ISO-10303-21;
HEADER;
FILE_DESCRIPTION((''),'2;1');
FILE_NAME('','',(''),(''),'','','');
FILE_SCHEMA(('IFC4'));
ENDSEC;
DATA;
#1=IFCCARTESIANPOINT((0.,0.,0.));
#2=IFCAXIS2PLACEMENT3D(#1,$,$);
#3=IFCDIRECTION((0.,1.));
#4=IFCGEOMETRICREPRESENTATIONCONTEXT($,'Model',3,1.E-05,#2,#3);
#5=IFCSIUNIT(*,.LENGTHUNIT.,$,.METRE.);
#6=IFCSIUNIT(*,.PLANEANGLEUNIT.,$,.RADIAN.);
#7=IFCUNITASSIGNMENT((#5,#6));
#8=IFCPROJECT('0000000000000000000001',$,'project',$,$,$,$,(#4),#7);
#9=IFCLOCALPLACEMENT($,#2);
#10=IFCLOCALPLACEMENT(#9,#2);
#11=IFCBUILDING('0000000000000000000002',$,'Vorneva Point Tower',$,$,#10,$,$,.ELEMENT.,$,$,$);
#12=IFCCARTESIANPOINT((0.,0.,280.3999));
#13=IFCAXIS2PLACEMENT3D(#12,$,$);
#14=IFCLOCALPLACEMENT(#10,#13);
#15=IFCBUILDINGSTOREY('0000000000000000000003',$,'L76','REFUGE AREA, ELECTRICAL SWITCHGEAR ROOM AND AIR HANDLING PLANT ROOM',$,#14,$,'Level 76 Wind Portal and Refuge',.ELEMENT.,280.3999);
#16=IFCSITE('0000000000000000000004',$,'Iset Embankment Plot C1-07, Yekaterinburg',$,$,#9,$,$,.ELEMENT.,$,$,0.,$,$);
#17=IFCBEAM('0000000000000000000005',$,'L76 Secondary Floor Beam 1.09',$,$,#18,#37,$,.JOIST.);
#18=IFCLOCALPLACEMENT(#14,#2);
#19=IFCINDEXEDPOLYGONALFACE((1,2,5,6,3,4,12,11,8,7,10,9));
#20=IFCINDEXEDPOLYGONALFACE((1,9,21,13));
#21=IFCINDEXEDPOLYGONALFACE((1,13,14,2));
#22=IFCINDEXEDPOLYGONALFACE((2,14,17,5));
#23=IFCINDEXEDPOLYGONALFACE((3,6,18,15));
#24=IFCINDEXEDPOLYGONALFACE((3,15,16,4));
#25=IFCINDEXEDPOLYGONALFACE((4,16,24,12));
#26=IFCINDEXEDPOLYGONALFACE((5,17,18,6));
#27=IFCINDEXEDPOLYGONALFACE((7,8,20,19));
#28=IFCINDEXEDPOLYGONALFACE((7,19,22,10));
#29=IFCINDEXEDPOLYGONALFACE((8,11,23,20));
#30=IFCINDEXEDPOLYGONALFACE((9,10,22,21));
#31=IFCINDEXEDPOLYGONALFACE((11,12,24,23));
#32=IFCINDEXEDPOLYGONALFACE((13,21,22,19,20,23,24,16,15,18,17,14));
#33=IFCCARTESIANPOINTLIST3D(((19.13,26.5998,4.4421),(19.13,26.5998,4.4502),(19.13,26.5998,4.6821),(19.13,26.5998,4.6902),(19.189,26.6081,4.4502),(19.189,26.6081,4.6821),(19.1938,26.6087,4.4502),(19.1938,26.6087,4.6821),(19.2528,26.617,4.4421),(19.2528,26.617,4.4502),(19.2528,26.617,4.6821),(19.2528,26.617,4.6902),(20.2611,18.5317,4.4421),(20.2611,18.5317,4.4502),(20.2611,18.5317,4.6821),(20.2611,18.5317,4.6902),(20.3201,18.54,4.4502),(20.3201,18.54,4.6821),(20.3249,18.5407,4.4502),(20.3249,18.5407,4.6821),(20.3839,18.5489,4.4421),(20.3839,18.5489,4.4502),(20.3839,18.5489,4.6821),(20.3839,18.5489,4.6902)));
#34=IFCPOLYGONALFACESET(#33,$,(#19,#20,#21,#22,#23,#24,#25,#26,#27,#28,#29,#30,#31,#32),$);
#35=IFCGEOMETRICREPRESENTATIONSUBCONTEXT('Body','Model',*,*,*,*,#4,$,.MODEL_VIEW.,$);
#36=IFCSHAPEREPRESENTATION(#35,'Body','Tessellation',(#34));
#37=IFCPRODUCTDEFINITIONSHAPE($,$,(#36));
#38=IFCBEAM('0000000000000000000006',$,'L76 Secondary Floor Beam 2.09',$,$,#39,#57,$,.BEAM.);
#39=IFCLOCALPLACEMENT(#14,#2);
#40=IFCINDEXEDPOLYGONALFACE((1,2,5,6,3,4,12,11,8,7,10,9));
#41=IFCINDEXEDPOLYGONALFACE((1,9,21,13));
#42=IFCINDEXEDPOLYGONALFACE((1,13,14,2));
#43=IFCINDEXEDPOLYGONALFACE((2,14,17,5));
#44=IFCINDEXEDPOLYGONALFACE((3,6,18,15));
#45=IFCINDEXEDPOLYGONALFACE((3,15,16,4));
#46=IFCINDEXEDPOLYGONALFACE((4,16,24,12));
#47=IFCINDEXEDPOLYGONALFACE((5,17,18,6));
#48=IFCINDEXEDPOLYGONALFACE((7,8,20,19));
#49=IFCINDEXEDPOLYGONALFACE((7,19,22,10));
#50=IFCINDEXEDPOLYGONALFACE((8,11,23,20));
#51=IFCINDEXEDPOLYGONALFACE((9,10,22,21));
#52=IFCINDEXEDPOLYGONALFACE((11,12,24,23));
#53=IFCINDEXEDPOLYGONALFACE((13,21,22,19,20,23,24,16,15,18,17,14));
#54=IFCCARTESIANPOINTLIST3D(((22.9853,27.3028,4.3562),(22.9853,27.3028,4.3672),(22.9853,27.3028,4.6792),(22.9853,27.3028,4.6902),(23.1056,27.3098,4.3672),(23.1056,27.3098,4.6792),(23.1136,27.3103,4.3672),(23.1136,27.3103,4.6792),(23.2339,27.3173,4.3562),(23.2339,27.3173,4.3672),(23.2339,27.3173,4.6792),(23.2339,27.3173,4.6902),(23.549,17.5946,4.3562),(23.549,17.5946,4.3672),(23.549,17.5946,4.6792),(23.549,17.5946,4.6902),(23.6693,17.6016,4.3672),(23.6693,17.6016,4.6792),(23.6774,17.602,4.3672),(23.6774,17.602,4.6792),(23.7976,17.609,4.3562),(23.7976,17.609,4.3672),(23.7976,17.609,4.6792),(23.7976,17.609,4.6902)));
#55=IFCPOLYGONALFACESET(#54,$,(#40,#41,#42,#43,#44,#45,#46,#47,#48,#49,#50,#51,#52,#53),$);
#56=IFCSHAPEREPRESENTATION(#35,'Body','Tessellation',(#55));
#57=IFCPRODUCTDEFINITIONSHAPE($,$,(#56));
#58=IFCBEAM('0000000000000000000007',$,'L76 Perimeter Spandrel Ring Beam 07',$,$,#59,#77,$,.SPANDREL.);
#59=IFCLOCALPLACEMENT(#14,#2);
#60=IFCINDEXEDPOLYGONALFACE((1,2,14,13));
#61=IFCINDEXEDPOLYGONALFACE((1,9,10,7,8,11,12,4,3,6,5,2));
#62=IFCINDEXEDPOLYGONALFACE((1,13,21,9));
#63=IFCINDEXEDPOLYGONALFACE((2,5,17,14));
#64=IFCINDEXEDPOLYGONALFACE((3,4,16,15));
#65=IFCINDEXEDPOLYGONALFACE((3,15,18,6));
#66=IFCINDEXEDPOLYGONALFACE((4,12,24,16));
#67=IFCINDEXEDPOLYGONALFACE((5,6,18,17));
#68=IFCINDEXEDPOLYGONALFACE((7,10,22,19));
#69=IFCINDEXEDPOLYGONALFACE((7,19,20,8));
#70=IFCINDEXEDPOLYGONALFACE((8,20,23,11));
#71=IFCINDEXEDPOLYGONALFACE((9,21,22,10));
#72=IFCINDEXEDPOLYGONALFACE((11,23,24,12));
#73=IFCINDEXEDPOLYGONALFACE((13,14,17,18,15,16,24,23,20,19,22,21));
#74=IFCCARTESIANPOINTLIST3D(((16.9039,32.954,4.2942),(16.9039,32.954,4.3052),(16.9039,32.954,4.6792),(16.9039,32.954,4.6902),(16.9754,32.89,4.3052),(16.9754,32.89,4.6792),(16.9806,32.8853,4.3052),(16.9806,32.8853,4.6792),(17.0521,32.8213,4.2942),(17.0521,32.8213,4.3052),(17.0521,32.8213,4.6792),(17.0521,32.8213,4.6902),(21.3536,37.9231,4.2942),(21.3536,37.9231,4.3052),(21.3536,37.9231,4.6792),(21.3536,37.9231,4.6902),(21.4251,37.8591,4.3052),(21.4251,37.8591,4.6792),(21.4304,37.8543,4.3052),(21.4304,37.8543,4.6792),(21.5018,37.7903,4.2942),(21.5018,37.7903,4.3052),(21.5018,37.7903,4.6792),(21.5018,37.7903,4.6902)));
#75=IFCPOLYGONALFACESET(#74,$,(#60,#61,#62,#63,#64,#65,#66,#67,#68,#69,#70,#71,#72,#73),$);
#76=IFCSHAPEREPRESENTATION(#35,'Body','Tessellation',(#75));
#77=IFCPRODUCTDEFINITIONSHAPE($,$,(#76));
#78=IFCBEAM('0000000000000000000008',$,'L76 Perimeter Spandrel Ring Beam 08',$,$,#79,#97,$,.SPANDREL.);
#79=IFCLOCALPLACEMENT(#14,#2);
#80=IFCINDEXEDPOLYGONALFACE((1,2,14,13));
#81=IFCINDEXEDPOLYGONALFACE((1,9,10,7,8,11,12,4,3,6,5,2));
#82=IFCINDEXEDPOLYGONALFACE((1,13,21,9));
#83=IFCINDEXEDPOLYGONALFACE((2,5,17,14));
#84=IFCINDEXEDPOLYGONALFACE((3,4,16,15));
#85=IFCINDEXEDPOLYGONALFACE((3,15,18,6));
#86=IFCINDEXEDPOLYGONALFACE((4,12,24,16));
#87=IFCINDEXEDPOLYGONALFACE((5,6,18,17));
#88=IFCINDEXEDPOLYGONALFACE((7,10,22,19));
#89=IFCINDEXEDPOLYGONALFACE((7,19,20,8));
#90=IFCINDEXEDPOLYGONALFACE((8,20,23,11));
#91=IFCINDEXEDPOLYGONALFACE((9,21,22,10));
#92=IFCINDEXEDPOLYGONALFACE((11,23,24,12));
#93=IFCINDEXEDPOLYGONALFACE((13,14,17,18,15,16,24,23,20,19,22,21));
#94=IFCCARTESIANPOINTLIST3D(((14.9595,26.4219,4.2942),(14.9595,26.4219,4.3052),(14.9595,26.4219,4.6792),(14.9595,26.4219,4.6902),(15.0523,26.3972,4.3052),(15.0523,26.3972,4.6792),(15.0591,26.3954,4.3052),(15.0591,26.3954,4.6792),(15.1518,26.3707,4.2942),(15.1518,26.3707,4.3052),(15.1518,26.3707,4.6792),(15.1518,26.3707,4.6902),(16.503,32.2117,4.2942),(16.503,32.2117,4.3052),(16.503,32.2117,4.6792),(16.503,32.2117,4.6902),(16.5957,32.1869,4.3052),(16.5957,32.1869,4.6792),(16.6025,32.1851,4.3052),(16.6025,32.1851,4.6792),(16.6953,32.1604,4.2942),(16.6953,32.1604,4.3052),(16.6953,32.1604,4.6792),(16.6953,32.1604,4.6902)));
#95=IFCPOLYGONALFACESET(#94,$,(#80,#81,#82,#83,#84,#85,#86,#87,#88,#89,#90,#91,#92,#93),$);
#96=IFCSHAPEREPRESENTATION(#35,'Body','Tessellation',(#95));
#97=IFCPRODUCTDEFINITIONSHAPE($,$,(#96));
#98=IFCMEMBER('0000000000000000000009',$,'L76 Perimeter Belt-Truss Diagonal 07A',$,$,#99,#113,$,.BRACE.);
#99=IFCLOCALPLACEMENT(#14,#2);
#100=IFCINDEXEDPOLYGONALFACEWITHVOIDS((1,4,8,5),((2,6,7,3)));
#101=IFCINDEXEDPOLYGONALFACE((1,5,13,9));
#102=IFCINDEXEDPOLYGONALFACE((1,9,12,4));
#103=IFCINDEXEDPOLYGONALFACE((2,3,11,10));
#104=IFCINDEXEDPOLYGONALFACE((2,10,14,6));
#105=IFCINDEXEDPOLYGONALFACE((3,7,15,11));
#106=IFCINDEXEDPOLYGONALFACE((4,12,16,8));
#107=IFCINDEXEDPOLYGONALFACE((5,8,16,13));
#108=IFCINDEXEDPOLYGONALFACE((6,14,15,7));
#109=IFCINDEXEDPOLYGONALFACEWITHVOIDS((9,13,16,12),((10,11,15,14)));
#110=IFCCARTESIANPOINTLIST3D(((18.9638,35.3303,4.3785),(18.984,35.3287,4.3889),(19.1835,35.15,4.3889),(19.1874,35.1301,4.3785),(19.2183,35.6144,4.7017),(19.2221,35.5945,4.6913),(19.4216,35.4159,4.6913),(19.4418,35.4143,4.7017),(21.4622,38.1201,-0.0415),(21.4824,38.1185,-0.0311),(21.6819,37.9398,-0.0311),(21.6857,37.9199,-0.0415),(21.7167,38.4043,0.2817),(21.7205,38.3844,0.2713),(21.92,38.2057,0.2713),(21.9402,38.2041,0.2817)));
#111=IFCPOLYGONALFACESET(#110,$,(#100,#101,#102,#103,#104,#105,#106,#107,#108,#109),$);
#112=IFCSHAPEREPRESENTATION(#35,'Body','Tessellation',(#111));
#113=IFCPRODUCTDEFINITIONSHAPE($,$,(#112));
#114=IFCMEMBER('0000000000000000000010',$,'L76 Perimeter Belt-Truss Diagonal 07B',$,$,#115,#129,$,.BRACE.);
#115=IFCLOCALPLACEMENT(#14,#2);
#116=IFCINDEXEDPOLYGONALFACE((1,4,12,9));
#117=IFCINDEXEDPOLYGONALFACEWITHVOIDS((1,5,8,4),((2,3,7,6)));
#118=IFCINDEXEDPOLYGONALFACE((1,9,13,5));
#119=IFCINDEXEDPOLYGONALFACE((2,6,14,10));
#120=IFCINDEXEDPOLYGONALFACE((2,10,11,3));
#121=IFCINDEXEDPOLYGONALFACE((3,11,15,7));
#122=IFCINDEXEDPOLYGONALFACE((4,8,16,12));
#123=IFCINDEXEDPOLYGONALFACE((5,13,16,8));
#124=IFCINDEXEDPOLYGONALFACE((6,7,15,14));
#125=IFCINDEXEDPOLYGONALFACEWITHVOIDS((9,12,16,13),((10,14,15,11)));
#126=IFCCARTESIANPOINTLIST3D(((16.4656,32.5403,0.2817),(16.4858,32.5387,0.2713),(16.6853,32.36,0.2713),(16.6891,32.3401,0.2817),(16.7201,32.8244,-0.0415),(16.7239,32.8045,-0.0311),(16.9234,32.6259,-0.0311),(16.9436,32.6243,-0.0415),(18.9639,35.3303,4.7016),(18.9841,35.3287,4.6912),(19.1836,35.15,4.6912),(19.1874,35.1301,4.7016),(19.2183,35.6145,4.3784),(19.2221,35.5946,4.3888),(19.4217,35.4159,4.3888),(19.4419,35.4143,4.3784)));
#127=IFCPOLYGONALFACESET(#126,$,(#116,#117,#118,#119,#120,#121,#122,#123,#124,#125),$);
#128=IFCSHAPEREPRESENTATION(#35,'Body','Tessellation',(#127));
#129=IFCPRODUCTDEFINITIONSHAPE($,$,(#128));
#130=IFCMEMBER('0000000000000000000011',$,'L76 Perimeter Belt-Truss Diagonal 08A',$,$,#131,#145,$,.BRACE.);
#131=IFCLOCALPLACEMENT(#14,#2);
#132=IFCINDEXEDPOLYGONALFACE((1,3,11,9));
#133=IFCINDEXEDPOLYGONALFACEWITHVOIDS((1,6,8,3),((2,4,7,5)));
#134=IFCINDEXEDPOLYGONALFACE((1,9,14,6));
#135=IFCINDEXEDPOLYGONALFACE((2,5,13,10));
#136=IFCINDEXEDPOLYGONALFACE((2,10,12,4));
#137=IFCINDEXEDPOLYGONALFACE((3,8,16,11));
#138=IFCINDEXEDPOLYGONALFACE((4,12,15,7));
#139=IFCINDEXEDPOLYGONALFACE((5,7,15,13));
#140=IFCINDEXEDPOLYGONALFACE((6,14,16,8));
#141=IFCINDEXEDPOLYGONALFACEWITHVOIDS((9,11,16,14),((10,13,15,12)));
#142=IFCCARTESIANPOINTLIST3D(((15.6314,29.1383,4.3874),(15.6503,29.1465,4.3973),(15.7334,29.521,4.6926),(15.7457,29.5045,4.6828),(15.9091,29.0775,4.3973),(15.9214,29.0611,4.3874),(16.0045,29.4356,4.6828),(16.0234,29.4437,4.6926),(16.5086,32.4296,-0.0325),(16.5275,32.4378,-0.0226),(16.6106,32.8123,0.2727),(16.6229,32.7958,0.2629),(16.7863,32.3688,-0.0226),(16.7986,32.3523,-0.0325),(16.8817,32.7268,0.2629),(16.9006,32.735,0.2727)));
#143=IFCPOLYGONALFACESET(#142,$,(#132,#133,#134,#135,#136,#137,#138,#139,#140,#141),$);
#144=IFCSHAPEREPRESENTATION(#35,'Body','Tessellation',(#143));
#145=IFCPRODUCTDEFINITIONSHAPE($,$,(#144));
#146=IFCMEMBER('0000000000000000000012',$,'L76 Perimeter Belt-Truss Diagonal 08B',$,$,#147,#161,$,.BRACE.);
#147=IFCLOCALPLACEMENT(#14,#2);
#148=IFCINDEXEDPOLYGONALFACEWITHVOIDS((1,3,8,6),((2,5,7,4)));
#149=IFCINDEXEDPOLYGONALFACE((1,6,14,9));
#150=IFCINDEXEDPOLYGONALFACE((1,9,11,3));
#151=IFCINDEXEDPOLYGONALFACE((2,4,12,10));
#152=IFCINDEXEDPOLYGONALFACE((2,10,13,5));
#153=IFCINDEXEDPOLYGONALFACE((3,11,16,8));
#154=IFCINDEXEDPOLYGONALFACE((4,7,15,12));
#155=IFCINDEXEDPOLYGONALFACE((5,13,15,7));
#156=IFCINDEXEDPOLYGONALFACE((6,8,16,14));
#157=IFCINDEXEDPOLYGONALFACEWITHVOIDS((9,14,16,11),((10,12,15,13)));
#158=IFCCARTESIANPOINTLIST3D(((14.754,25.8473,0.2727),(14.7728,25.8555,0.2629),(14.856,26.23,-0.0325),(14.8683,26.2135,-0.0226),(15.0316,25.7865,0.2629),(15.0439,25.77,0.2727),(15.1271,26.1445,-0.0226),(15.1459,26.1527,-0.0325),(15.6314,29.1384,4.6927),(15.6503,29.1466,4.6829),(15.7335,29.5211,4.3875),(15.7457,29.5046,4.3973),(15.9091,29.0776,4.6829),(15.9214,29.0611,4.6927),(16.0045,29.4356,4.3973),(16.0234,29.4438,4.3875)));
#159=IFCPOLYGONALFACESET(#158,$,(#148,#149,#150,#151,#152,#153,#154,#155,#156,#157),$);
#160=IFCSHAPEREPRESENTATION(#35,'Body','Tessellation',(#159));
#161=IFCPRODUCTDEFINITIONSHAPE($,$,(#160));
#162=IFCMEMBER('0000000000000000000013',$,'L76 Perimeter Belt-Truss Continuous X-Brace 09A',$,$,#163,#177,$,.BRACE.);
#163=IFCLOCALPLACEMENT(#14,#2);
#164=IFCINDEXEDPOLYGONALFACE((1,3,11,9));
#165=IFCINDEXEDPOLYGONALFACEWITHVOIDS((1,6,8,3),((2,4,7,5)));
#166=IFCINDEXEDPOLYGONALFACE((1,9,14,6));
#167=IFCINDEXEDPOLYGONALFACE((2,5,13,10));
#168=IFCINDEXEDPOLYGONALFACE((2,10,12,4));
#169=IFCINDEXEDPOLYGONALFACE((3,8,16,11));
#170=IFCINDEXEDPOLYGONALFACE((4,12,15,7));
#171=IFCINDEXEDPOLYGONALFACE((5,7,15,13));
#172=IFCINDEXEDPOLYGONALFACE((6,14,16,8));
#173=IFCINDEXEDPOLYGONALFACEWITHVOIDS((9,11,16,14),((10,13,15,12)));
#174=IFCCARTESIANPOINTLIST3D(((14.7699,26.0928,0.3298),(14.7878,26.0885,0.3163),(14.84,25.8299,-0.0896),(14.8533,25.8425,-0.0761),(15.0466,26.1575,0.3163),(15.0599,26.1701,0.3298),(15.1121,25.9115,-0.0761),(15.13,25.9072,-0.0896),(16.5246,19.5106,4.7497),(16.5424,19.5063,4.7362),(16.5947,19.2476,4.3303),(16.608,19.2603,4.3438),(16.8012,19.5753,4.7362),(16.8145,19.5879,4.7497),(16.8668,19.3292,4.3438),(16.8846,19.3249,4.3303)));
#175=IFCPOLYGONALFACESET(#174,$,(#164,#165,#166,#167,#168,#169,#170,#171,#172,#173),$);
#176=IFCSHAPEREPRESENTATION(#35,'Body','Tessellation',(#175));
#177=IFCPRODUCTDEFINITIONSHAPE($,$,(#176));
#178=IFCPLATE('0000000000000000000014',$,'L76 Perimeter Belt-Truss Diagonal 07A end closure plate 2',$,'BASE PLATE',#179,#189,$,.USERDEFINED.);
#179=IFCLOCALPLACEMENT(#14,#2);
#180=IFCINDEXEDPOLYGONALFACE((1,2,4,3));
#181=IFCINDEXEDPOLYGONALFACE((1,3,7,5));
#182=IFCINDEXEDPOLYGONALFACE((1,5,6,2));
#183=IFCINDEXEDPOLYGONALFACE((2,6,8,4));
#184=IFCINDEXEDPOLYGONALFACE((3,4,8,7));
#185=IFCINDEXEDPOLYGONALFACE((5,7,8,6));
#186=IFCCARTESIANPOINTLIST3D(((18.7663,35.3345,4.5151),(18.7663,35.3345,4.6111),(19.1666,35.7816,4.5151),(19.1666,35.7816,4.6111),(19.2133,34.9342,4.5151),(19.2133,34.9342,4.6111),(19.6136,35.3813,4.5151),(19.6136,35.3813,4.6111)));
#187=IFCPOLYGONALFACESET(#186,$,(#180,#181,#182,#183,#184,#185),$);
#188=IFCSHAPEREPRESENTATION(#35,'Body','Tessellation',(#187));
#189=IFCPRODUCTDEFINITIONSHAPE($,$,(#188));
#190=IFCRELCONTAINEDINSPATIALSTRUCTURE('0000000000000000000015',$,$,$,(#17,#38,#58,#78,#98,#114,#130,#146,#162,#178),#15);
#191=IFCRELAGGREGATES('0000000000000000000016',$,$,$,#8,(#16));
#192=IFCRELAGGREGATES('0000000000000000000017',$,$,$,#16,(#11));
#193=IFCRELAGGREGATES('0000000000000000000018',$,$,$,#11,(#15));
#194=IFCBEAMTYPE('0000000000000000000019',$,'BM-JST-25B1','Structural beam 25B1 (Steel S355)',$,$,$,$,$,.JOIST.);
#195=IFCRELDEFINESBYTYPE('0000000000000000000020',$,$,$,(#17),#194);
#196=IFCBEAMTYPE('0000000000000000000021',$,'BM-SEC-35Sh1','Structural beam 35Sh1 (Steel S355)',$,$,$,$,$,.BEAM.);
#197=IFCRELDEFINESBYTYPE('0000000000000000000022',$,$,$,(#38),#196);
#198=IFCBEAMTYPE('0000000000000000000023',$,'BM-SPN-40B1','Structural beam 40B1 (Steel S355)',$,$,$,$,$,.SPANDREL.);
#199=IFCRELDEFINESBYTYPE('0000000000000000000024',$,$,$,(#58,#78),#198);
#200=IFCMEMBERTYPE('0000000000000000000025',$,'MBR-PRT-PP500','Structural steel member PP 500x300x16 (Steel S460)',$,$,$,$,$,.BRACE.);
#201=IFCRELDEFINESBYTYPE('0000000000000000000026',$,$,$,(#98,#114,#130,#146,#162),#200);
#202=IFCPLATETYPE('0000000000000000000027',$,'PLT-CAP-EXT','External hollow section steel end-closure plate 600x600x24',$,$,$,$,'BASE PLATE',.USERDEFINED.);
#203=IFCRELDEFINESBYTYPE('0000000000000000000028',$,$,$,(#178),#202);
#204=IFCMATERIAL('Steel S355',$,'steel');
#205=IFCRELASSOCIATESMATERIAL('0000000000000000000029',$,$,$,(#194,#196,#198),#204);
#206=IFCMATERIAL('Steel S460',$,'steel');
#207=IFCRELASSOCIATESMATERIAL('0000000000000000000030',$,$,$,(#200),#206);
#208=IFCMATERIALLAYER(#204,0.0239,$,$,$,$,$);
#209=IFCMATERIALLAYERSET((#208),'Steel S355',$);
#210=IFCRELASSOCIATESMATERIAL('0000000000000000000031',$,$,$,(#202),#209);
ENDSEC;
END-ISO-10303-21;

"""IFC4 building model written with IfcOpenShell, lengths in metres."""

from ifc_helpers import new_model, si_unit, direction, frame, origin, origin_2d, place, context, subcontext, project, spatial, rectangle, hollow_rectangle, i_section, extrude, material, layer, layer_set, material_profile, profile_set, type_object, element, save


model = new_model("IFC4")

# Units and contexts
model_context = context("Model", 3, precision=1e-05, world=origin(), true_north=direction((0.0, 1.0)))
body_context = subcontext(model_context, "Body", "Model", "MODEL_VIEW")
ifc_project = project(units=[si_unit("LENGTHUNIT", "METRE"), si_unit("PLANEANGLEUNIT", "RADIAN")], contexts=[model_context])

# Site, building, storey
site_placement = place(None, origin())
site = spatial("IfcSite", under=ifc_project, at=site_placement, Name="Iset Embankment Plot C1-07, Yekaterinburg", CompositionType="ELEMENT", RefElevation=0.0)
building_placement = place(site_placement, origin())
building = spatial("IfcBuilding", under=site, at=building_placement, Name="Vorneva Point Tower", CompositionType="ELEMENT")
storey_placement = place(building_placement, frame((0.0, 0.0, 280.3999)))
storey = spatial("IfcBuildingStorey", under=building, at=storey_placement, Name="L76", Description="REFUGE AREA, ELECTRICAL SWITCHGEAR ROOM AND AIR HANDLING PLANT ROOM", LongName="Level 76 Wind Portal and Refuge", CompositionType="ELEMENT", Elevation=280.3999)

# Beams
ifc_material_1 = material(Name="Steel S460", Category="steel")
ifc_material_2 = material(Name="Steel S355", Category="steel")
ifc_material_profile_1 = material_profile(ifc_material_2, i_section(OverallWidth=0.124, OverallDepth=0.248, WebThickness=0.0049, FlangeThickness=0.0081, at=origin_2d()), Name="25B1")
ifc_profile_set_1 = profile_set([ifc_material_profile_1], Name="Steel S355")
beam_type_1 = type_object("IfcBeamType", Name="BM-JST-25B1", Description="Structural beam 25B1 (Steel S355)", PredefinedType="JOIST", material=ifc_profile_set_1)
beam_1_placement = place(storey_placement, frame((19.1914, 26.6084, 4.5662), z_axis=(0.138837, -0.990315, 0.0), x_axis=(0.990315, 0.138837, 0.0)))
element("IfcBeam", 1, at=beam_1_placement, inside=storey, type_object=beam_type_1, Name="L76 Secondary Floor Beam 1.09", PredefinedType="JOIST", context=body_context, shape_type="SweptSolid", body=[
    extrude(i_section(OverallWidth=0.124, OverallDepth=0.248, WebThickness=0.0049, FlangeThickness=0.0081, at=origin_2d()), origin(), (0.0, 0.0, 1.0), 8.147),
])
ifc_material_profile_2 = material_profile(ifc_material_2, i_section(OverallWidth=0.249, OverallDepth=0.334, WebThickness=0.0081, FlangeThickness=0.011, at=origin_2d()), Name="35Sh1")
ifc_profile_set_2 = profile_set([ifc_material_profile_2], Name="Steel S355")
beam_type_2 = type_object("IfcBeamType", Name="BM-SEC-35Sh1", Description="Structural beam 35Sh1 (Steel S355)", PredefinedType="BEAM", material=ifc_profile_set_2)
beam_2_placement = place(storey_placement, frame((23.1096, 27.3101, 4.5232), z_axis=(0.057968, -0.998318, 0.0), x_axis=(0.998318, 0.057968, 0.0)))
element("IfcBeam", 2, at=beam_2_placement, inside=storey, type_object=beam_type_2, Name="L76 Secondary Floor Beam 2.09", PredefinedType="BEAM", context=body_context, shape_type="SweptSolid", body=[
    extrude(i_section(OverallWidth=0.249, OverallDepth=0.334, WebThickness=0.0081, FlangeThickness=0.011, at=origin_2d()), origin(), (0.0, 0.0, 1.0), 9.7246),
])
ifc_material_profile_3 = material_profile(ifc_material_2, i_section(OverallWidth=0.199, OverallDepth=0.396, WebThickness=0.0071, FlangeThickness=0.011, at=origin_2d()), Name="40B1")
ifc_profile_set_3 = profile_set([ifc_material_profile_3], Name="Steel S355")
beam_type_3 = type_object("IfcBeamType", Name="BM-SPN-40B1", Description="Structural beam 40B1 (Steel S355)", PredefinedType="SPANDREL", material=ifc_profile_set_3)
beam_3_placement = place(storey_placement, frame((21.4277, 37.8567, 4.4922), z_axis=(-0.667108, -0.744961, 0.0), x_axis=(0.744961, -0.667108, 0.0)))
element("IfcBeam", 3, at=beam_3_placement, inside=storey, type_object=beam_type_3, Name="L76 Perimeter Spandrel Ring Beam 07", PredefinedType="SPANDREL", context=body_context, shape_type="SweptSolid", body=[
    extrude(i_section(OverallWidth=0.199, OverallDepth=0.396, WebThickness=0.0071, FlangeThickness=0.011, at=origin_2d()), origin(), (0.0, 0.0, 1.0), 6.6702),
])
beam_4_placement = place(storey_placement, frame((16.5991, 32.186, 4.4922), z_axis=(-0.257587, -0.966255, 0.0), x_axis=(0.966255, -0.257587, 0.0)))
element("IfcBeam", 4, at=beam_4_placement, inside=storey, type_object=beam_type_3, Name="L76 Perimeter Spandrel Ring Beam 08", PredefinedType="SPANDREL", context=body_context, shape_type="SweptSolid", body=[
    extrude(i_section(OverallWidth=0.199, OverallDepth=0.396, WebThickness=0.0071, FlangeThickness=0.011, at=origin_2d()), origin(), (0.0, 0.0, 1.0), 5.9919),
])

# Members
ifc_material_profile_4 = material_profile(ifc_material_1, hollow_rectangle(XDim=0.3, YDim=0.5, WallThickness=0.0161, at=origin_2d()), Name="PP 500x300x16")
ifc_profile_set_4 = profile_set([ifc_material_profile_4], Name="Steel S460")
member_type = type_object("IfcMemberType", Name="MBR-PRT-PP500", Description="Structural steel member PP 500x300x16 (Steel S460)", PredefinedType="BRACE", material=ifc_profile_set_4)
for number, where, z_axis, x_axis, name in (
    (5, (21.7012, 38.1621, 0.1201), (-0.431252, -0.481571, 0.762962), (0.744955, -0.667115, 0.0), "L76 Perimeter Belt-Truss Diagonal 07A"),
    (6, (16.7046, 32.5823, 0.1201), (0.431243, 0.481604, 0.762946), (-0.744984, 0.667083, 0.0), "L76 Perimeter Belt-Truss Diagonal 07B"),
):
    element("IfcMember", number, at=place(storey_placement, frame(where, z_axis=z_axis, x_axis=x_axis)), inside=storey, type_object=member_type, Name=name, PredefinedType="BRACE", context=body_context, shape_type="SweptSolid", body=[
        extrude(hollow_rectangle(XDim=0.3, YDim=0.5, WallThickness=0.0161, at=origin_2d()), origin(), (0.0, 0.0, 1.0), 5.7932),
    ])
for number, where, z_axis, x_axis, name in (
    (7, (16.7046, 32.5823, 0.1201), (-0.157201, -0.58982, 0.792086), (0.966269, -0.257533, 0.0), "L76 Perimeter Belt-Truss Diagonal 08A"),
    (8, (14.95, 26.0, 0.1201), (0.157248, 0.589788, 0.792101), (-0.966247, 0.257618, 0.0), "L76 Perimeter Belt-Truss Diagonal 08B"),
):
    element("IfcMember", number, at=place(storey_placement, frame(where, z_axis=z_axis, x_axis=x_axis)), inside=storey, type_object=member_type, Name=name, PredefinedType="BRACE", context=body_context, shape_type="SweptSolid", body=[
        extrude(hollow_rectangle(XDim=0.3, YDim=0.5, WallThickness=0.0161, at=origin_2d()), origin(), (0.0, 0.0, 1.0), 5.5801),
    ])
member_placement = place(storey_placement, frame((14.95, 26.0, 0.1201), z_axis=(0.216078, -0.810586, 0.544299), x_axis=(0.966258, 0.257576, 0.0)))
element("IfcMember", 9, at=member_placement, inside=storey, type_object=member_type, Name="L76 Perimeter Belt-Truss Continuous X-Brace 09A", PredefinedType="BRACE", context=body_context, shape_type="SweptSolid", body=[
    extrude(hollow_rectangle(XDim=0.3, YDim=0.5, WallThickness=0.0161, at=origin_2d()), origin(), (0.0, 0.0, 1.0), 8.1204),
])

# Plate
ifc_layer_1 = layer(ifc_material_2, 0.0239)
ifc_layer_set_1 = layer_set([ifc_layer_1], Name="Steel S355")
plate_type_1 = type_object("IfcPlateType", Name="PLT-CAP-EXT", Description="External hollow section steel end-closure plate 600x600x24", ElementType="BASE PLATE", PredefinedType="USERDEFINED", material=ifc_layer_set_1)
for number, where, z_axis, x_axis, name in (
    (10, (19.1899, 35.3579, 4.5151), (0.0, 0.0, 1.0), (-0.667092, -0.744976, 0.0), "L76 Perimeter Belt-Truss Diagonal 07A end closure plate 2"),
):
    element("IfcPlate", number, at=place(storey_placement, frame(where, z_axis=z_axis, x_axis=x_axis)), inside=storey, type_object=plate_type_1, Name=name, ObjectType="BASE PLATE", PredefinedType="USERDEFINED", context=body_context, shape_type="SweptSolid", body=[
        extrude(rectangle(XDim=0.6001, YDim=0.6001, at=origin_2d()), origin(), (0.0, 0.0, 1.0), 0.0959),
    ])

save(model, "model.ifc")
